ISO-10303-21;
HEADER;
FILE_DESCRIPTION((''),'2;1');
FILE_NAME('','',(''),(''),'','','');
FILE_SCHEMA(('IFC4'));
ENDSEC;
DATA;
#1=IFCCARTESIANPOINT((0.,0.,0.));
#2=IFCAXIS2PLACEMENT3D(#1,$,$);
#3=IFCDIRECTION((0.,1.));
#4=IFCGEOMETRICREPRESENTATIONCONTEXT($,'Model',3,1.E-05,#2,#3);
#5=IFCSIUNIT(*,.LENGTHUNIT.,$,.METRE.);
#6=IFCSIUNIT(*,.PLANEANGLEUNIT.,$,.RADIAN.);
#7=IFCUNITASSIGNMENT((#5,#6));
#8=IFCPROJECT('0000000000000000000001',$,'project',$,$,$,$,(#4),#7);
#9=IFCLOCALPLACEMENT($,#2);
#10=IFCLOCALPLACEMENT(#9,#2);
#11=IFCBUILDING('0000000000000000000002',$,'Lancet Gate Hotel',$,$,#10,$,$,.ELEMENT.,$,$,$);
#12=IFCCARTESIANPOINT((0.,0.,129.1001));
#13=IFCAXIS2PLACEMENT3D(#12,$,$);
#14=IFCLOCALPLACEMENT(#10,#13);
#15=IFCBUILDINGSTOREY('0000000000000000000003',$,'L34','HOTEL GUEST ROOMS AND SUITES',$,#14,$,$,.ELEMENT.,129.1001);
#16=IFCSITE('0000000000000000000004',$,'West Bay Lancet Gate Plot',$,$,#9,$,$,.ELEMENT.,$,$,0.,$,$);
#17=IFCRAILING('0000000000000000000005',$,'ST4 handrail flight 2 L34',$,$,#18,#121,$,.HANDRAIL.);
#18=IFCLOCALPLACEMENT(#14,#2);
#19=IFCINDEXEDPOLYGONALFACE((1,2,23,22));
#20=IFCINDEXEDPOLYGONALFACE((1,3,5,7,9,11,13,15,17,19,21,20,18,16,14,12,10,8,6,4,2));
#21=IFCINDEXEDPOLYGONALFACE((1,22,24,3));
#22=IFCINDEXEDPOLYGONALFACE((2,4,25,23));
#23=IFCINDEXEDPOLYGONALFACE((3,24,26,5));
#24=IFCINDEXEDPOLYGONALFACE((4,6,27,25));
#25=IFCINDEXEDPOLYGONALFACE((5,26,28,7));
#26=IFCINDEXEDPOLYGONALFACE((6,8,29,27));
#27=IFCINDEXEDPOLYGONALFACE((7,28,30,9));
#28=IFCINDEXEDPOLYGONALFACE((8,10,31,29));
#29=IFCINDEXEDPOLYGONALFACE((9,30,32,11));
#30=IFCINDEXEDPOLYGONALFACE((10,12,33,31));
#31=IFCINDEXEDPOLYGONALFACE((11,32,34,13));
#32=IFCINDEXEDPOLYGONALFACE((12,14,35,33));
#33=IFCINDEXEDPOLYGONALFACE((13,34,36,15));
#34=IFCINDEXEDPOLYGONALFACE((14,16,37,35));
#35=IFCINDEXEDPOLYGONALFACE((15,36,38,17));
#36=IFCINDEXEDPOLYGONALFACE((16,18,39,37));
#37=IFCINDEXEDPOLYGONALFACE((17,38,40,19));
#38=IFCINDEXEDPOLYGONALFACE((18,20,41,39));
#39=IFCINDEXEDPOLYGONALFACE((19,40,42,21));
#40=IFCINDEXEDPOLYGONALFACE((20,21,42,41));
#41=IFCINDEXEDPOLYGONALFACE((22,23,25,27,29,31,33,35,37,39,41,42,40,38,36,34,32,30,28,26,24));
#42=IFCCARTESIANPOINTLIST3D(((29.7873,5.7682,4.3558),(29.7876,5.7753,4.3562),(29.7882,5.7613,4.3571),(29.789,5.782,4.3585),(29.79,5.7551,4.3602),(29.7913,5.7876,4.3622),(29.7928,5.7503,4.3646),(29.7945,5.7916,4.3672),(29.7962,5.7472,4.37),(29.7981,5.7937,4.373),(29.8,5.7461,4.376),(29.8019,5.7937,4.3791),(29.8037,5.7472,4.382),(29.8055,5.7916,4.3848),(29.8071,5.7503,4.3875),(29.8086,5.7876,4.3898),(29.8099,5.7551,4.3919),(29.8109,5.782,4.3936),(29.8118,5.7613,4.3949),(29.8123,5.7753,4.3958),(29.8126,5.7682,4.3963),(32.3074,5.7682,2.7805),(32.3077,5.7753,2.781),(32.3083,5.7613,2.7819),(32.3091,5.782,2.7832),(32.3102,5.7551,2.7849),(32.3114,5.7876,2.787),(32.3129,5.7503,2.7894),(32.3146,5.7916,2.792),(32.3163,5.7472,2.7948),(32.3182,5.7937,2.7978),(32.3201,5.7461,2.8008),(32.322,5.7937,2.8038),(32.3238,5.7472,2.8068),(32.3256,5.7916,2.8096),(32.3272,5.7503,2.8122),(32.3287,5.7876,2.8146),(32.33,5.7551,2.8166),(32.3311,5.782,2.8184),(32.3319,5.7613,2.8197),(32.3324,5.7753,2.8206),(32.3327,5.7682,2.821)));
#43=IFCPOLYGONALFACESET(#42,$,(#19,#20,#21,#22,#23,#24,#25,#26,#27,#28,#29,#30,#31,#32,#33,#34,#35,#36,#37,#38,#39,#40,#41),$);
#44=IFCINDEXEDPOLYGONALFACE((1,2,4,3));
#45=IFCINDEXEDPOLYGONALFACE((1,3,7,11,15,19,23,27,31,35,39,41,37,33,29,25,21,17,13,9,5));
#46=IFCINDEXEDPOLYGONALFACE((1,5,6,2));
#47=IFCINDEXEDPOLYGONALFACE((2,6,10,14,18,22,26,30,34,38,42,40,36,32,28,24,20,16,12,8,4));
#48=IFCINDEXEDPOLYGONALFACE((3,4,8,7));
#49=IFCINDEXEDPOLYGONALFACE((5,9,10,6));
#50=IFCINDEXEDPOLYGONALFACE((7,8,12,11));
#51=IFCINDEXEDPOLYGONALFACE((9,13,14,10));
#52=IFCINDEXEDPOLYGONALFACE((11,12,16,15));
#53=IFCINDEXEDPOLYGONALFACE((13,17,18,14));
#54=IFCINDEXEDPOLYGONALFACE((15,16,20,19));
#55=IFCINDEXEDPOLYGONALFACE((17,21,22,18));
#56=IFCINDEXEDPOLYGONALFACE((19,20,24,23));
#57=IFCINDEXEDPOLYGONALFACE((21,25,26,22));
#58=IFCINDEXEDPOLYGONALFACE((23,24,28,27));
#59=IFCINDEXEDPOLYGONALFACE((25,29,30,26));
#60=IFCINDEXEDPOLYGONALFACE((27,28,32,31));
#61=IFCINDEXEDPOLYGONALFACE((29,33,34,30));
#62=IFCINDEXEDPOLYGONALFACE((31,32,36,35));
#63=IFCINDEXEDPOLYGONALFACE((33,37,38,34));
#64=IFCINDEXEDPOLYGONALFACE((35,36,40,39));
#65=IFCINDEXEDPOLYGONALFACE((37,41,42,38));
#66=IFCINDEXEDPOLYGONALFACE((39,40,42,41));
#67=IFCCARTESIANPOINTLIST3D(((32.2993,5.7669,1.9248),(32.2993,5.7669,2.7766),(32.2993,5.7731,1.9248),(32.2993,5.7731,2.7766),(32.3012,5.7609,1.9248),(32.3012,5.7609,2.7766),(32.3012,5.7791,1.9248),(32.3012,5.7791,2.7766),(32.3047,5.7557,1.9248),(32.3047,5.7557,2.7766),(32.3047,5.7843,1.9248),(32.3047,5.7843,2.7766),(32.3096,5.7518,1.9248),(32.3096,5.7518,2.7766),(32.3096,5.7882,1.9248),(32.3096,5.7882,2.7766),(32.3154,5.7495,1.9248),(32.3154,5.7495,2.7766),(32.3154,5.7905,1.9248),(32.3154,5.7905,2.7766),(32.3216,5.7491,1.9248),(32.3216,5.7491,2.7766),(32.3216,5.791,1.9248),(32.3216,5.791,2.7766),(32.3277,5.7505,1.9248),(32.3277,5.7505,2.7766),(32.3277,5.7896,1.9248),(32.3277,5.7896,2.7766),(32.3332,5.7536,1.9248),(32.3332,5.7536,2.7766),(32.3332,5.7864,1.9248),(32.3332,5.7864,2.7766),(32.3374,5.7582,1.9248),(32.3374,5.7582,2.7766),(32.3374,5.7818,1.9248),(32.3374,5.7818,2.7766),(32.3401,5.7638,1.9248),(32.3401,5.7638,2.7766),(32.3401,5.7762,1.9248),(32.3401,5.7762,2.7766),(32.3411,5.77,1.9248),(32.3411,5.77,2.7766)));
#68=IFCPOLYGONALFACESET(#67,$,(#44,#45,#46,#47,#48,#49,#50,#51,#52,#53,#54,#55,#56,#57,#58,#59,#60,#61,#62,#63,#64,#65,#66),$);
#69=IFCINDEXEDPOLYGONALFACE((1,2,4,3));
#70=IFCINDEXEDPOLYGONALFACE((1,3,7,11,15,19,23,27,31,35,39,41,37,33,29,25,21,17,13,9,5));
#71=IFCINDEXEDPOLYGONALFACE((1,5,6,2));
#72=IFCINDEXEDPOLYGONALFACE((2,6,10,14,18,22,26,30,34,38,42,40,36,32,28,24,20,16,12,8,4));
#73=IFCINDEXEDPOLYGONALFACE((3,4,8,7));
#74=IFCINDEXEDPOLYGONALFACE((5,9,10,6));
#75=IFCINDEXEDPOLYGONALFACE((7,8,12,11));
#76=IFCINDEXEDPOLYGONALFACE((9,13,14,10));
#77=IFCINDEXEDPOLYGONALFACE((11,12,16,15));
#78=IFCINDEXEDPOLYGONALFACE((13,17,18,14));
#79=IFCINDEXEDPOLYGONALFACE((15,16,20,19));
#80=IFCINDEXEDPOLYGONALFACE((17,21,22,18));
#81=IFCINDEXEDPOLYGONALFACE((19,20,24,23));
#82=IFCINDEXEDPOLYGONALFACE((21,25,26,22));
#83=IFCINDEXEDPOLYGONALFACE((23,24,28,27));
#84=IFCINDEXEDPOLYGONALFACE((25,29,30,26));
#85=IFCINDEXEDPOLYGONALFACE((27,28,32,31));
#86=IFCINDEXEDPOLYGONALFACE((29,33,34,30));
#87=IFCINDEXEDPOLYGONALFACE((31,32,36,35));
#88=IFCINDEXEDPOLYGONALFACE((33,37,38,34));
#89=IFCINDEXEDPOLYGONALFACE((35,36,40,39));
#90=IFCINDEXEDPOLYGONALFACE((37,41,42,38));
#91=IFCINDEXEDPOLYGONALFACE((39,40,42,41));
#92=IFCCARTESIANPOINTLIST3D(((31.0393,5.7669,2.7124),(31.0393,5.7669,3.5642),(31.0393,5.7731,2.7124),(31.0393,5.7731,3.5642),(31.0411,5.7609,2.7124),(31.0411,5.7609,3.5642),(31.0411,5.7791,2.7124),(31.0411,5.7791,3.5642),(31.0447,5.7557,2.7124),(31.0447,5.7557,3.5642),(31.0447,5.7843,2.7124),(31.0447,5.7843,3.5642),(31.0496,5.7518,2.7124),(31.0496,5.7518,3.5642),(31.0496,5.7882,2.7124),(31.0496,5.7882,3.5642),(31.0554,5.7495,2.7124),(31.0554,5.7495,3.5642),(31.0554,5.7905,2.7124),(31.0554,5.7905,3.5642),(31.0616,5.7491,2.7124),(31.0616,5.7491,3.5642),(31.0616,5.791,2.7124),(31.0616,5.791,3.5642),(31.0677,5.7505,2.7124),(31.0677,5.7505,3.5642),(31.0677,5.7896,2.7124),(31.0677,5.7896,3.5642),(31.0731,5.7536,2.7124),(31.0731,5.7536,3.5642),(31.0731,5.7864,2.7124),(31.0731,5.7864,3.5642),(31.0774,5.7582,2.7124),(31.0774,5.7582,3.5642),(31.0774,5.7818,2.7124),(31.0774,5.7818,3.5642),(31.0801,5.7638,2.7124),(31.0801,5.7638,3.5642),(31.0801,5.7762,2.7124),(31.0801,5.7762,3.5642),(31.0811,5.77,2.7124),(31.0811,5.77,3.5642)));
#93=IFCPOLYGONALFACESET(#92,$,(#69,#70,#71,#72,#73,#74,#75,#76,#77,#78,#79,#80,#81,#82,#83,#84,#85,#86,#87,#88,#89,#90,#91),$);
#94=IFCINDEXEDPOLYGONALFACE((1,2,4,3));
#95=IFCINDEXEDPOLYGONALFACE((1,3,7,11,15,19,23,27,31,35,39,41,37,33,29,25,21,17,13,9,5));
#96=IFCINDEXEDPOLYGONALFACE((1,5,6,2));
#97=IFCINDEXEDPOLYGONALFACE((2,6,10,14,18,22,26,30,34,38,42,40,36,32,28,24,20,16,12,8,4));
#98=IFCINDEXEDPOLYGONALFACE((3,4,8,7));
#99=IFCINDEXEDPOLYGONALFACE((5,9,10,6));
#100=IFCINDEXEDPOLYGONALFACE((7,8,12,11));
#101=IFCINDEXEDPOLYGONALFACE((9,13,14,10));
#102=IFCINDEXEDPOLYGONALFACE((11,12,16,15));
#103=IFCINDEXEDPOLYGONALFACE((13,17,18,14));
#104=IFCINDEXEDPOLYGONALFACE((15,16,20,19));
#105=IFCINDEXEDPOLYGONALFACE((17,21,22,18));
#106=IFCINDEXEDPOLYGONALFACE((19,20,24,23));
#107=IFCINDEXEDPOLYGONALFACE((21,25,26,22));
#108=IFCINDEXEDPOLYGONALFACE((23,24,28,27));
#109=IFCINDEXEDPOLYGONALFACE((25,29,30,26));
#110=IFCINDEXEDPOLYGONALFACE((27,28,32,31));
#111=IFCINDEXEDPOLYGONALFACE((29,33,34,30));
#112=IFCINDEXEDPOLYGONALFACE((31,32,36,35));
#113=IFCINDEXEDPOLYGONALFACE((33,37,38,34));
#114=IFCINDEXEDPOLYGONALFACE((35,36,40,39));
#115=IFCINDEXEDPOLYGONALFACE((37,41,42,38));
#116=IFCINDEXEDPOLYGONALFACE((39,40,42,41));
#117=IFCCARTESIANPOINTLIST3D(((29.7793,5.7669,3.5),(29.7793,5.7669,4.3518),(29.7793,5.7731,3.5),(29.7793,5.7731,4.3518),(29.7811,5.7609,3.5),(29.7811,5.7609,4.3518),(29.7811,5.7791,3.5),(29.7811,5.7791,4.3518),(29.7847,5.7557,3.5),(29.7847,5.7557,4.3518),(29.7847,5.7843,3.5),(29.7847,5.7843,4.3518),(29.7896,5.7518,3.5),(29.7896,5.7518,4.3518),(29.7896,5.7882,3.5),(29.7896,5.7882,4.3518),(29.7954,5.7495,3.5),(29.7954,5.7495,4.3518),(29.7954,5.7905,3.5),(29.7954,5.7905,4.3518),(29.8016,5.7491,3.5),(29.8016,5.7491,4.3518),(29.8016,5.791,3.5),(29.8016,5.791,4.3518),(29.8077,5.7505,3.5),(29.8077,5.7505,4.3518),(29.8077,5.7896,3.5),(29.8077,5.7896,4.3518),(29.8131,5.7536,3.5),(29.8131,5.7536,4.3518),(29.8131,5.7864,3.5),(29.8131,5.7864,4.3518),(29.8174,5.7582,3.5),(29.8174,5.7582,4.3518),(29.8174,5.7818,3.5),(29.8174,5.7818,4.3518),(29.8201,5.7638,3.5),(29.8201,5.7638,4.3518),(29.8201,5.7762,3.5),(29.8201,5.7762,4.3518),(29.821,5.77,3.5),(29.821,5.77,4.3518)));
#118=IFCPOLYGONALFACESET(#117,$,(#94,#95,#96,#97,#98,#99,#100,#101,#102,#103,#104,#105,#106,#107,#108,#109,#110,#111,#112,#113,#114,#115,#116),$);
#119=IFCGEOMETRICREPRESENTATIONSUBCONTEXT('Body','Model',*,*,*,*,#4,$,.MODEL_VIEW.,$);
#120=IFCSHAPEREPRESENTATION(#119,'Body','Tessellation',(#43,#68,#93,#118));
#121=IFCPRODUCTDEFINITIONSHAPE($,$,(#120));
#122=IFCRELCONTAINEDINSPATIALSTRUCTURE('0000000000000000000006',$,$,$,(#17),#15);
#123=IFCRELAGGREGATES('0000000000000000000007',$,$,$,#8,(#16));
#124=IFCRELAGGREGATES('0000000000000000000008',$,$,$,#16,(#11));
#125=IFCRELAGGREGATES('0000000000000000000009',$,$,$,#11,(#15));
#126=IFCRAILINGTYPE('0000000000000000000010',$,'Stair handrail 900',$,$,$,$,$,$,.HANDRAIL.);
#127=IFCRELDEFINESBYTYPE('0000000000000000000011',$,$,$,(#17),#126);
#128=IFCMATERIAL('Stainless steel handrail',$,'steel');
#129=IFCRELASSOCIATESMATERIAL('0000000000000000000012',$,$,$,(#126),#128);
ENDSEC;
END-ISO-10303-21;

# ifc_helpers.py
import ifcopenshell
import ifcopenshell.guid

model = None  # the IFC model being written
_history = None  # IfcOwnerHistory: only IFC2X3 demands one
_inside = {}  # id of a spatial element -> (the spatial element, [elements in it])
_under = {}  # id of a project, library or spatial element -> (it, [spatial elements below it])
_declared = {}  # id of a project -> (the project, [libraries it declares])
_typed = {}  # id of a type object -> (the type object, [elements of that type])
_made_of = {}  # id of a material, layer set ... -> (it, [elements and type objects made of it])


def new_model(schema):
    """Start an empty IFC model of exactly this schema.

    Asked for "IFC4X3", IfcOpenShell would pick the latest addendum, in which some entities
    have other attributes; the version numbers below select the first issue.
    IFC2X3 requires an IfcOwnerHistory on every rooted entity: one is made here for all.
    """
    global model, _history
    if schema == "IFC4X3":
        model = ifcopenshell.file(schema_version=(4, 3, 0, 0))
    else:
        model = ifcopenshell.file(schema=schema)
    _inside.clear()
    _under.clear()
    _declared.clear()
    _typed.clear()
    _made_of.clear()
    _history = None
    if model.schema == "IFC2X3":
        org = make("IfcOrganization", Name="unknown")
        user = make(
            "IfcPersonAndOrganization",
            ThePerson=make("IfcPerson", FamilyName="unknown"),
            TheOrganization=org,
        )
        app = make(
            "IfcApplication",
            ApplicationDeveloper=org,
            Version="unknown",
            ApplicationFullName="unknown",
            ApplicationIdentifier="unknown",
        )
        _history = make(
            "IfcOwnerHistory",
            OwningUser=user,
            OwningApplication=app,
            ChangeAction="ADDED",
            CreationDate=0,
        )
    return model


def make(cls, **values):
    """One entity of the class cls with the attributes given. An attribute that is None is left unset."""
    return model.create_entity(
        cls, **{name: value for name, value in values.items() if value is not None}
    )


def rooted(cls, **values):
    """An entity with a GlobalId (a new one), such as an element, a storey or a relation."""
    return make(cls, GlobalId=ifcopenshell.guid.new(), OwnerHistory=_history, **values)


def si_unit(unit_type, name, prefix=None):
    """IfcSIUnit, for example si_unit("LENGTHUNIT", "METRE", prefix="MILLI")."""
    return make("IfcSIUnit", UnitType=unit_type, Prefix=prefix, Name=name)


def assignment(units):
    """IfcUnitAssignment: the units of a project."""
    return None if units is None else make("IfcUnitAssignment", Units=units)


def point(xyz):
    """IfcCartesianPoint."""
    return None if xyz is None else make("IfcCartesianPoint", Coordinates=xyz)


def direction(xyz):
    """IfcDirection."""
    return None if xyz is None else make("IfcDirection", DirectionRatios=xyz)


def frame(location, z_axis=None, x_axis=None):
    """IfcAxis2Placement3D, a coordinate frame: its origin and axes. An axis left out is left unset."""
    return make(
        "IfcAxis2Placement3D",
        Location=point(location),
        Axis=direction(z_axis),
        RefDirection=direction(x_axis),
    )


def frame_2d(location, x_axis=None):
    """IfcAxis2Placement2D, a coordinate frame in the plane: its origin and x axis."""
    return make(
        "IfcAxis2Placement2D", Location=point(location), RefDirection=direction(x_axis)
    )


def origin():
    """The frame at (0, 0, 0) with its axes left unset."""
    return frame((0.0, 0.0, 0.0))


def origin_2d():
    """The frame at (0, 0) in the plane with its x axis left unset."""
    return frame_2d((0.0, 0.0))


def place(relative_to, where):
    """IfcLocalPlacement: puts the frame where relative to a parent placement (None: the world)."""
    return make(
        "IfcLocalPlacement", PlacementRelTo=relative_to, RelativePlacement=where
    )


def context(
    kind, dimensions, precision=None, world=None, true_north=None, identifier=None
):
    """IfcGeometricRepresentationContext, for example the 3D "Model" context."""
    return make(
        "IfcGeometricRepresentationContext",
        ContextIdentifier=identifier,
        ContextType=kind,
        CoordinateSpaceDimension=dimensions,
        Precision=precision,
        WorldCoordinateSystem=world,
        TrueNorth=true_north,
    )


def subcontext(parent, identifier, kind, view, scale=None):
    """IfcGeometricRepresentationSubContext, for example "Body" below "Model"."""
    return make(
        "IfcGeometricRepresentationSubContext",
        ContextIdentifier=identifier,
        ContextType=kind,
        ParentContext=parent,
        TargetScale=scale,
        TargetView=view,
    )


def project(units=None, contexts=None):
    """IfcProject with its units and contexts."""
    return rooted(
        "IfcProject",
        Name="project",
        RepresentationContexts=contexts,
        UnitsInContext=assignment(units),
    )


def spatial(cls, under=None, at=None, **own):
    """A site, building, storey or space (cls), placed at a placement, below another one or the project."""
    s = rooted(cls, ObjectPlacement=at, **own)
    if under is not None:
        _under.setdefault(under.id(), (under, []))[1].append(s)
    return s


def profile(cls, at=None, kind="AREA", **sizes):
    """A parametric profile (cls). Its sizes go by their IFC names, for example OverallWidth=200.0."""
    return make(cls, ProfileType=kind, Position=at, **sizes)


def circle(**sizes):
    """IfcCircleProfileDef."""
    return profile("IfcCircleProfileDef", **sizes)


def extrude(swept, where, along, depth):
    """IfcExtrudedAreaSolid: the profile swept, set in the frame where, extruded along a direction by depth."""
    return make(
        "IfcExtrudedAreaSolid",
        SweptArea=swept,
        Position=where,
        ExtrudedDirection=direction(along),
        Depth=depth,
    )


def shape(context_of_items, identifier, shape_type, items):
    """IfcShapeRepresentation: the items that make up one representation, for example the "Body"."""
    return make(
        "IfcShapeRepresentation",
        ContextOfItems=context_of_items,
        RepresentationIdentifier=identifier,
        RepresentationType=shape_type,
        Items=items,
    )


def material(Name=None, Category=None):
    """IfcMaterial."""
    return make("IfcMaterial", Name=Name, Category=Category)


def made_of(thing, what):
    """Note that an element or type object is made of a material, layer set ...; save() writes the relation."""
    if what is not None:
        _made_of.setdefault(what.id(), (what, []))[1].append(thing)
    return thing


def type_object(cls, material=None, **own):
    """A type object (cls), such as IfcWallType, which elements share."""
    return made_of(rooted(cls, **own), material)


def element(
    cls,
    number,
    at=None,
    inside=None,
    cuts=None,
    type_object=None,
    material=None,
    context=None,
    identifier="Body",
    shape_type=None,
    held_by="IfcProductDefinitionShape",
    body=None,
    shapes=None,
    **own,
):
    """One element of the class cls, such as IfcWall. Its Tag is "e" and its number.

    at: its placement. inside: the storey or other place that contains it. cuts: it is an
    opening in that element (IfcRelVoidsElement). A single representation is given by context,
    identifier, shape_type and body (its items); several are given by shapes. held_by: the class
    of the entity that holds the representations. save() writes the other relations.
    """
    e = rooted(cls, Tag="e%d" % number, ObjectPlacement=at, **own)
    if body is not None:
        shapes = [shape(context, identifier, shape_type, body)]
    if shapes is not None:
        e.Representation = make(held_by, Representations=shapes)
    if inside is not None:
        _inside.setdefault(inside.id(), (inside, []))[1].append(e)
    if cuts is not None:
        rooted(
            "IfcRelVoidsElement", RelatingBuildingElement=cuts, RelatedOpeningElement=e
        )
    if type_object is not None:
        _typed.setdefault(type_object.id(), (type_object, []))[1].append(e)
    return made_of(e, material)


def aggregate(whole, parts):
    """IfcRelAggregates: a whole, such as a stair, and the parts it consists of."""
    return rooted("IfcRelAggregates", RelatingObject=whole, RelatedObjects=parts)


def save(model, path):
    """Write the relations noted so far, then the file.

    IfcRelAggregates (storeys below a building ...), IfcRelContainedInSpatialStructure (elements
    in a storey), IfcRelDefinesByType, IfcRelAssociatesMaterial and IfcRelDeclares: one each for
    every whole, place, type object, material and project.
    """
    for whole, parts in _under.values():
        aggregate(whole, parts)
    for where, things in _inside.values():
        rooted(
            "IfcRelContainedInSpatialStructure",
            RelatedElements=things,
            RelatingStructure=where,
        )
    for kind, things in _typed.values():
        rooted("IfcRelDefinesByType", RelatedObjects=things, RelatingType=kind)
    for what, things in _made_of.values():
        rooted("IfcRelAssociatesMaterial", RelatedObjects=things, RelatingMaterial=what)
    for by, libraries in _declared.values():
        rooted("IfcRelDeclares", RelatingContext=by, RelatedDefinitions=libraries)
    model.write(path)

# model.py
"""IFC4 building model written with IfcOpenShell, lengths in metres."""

from ifc_helpers import new_model, si_unit, direction, frame, origin, origin_2d, place, context, subcontext, project, spatial, circle, extrude, material, type_object, element, save


model = new_model("IFC4")

# Units and contexts
model_context = context("Model", 3, precision=1e-05, world=origin(), true_north=direction((0.0, 1.0)))
body_context = subcontext(model_context, "Body", "Model", "MODEL_VIEW")
ifc_project = project(units=[si_unit("LENGTHUNIT", "METRE"), si_unit("PLANEANGLEUNIT", "RADIAN")], contexts=[model_context])

# Site, building, storey
site_placement = place(None, origin())
site = spatial("IfcSite", under=ifc_project, at=site_placement, Name="West Bay Lancet Gate Plot", CompositionType="ELEMENT", RefElevation=0.0)
building_placement = place(site_placement, origin())
building = spatial("IfcBuilding", under=site, at=building_placement, Name="Lancet Gate Hotel", CompositionType="ELEMENT")
storey_placement = place(building_placement, frame((0.0, 0.0, 129.1001)))
storey = spatial("IfcBuildingStorey", under=building, at=storey_placement, Name="L34", Description="HOTEL GUEST ROOMS AND SUITES", CompositionType="ELEMENT", Elevation=129.1001)

# Railing
ifc_material_1 = material(Name="Stainless steel handrail", Category="steel")
railing_type = type_object("IfcRailingType", Name="Stair handrail 900", PredefinedType="HANDRAIL", material=ifc_material_1)
railing_1_placement = place(storey_placement, frame((32.3201, 5.77, 1.9248)))
element("IfcRailing", 1, at=railing_1_placement, inside=storey, type_object=railing_type, Name="ST4 handrail flight 2 L34", PredefinedType="HANDRAIL", context=body_context, shape_type="SweptSolid", body=[
    extrude(circle(Radius=0.0239, at=origin_2d()), frame((0.0, 0.0, 0.876), z_axis=(-0.847971, 0.0, 0.530043), x_axis=(0.0, -1.0, 0.0)), (0.0, 0.0, 1.0), 2.9719),
    extrude(circle(Radius=0.021, at=origin_2d()), origin(), (0.0, 0.0, 1.0), 0.8518),
    extrude(circle(Radius=0.021, at=origin_2d()), frame((-1.26, 0.0, 0.7876)), (0.0, 0.0, 1.0), 0.8518),
    extrude(circle(Radius=0.021, at=origin_2d()), frame((-2.52, 0.0, 1.5752)), (0.0, 0.0, 1.0), 0.8518),
])

save(model, "model.ifc")
